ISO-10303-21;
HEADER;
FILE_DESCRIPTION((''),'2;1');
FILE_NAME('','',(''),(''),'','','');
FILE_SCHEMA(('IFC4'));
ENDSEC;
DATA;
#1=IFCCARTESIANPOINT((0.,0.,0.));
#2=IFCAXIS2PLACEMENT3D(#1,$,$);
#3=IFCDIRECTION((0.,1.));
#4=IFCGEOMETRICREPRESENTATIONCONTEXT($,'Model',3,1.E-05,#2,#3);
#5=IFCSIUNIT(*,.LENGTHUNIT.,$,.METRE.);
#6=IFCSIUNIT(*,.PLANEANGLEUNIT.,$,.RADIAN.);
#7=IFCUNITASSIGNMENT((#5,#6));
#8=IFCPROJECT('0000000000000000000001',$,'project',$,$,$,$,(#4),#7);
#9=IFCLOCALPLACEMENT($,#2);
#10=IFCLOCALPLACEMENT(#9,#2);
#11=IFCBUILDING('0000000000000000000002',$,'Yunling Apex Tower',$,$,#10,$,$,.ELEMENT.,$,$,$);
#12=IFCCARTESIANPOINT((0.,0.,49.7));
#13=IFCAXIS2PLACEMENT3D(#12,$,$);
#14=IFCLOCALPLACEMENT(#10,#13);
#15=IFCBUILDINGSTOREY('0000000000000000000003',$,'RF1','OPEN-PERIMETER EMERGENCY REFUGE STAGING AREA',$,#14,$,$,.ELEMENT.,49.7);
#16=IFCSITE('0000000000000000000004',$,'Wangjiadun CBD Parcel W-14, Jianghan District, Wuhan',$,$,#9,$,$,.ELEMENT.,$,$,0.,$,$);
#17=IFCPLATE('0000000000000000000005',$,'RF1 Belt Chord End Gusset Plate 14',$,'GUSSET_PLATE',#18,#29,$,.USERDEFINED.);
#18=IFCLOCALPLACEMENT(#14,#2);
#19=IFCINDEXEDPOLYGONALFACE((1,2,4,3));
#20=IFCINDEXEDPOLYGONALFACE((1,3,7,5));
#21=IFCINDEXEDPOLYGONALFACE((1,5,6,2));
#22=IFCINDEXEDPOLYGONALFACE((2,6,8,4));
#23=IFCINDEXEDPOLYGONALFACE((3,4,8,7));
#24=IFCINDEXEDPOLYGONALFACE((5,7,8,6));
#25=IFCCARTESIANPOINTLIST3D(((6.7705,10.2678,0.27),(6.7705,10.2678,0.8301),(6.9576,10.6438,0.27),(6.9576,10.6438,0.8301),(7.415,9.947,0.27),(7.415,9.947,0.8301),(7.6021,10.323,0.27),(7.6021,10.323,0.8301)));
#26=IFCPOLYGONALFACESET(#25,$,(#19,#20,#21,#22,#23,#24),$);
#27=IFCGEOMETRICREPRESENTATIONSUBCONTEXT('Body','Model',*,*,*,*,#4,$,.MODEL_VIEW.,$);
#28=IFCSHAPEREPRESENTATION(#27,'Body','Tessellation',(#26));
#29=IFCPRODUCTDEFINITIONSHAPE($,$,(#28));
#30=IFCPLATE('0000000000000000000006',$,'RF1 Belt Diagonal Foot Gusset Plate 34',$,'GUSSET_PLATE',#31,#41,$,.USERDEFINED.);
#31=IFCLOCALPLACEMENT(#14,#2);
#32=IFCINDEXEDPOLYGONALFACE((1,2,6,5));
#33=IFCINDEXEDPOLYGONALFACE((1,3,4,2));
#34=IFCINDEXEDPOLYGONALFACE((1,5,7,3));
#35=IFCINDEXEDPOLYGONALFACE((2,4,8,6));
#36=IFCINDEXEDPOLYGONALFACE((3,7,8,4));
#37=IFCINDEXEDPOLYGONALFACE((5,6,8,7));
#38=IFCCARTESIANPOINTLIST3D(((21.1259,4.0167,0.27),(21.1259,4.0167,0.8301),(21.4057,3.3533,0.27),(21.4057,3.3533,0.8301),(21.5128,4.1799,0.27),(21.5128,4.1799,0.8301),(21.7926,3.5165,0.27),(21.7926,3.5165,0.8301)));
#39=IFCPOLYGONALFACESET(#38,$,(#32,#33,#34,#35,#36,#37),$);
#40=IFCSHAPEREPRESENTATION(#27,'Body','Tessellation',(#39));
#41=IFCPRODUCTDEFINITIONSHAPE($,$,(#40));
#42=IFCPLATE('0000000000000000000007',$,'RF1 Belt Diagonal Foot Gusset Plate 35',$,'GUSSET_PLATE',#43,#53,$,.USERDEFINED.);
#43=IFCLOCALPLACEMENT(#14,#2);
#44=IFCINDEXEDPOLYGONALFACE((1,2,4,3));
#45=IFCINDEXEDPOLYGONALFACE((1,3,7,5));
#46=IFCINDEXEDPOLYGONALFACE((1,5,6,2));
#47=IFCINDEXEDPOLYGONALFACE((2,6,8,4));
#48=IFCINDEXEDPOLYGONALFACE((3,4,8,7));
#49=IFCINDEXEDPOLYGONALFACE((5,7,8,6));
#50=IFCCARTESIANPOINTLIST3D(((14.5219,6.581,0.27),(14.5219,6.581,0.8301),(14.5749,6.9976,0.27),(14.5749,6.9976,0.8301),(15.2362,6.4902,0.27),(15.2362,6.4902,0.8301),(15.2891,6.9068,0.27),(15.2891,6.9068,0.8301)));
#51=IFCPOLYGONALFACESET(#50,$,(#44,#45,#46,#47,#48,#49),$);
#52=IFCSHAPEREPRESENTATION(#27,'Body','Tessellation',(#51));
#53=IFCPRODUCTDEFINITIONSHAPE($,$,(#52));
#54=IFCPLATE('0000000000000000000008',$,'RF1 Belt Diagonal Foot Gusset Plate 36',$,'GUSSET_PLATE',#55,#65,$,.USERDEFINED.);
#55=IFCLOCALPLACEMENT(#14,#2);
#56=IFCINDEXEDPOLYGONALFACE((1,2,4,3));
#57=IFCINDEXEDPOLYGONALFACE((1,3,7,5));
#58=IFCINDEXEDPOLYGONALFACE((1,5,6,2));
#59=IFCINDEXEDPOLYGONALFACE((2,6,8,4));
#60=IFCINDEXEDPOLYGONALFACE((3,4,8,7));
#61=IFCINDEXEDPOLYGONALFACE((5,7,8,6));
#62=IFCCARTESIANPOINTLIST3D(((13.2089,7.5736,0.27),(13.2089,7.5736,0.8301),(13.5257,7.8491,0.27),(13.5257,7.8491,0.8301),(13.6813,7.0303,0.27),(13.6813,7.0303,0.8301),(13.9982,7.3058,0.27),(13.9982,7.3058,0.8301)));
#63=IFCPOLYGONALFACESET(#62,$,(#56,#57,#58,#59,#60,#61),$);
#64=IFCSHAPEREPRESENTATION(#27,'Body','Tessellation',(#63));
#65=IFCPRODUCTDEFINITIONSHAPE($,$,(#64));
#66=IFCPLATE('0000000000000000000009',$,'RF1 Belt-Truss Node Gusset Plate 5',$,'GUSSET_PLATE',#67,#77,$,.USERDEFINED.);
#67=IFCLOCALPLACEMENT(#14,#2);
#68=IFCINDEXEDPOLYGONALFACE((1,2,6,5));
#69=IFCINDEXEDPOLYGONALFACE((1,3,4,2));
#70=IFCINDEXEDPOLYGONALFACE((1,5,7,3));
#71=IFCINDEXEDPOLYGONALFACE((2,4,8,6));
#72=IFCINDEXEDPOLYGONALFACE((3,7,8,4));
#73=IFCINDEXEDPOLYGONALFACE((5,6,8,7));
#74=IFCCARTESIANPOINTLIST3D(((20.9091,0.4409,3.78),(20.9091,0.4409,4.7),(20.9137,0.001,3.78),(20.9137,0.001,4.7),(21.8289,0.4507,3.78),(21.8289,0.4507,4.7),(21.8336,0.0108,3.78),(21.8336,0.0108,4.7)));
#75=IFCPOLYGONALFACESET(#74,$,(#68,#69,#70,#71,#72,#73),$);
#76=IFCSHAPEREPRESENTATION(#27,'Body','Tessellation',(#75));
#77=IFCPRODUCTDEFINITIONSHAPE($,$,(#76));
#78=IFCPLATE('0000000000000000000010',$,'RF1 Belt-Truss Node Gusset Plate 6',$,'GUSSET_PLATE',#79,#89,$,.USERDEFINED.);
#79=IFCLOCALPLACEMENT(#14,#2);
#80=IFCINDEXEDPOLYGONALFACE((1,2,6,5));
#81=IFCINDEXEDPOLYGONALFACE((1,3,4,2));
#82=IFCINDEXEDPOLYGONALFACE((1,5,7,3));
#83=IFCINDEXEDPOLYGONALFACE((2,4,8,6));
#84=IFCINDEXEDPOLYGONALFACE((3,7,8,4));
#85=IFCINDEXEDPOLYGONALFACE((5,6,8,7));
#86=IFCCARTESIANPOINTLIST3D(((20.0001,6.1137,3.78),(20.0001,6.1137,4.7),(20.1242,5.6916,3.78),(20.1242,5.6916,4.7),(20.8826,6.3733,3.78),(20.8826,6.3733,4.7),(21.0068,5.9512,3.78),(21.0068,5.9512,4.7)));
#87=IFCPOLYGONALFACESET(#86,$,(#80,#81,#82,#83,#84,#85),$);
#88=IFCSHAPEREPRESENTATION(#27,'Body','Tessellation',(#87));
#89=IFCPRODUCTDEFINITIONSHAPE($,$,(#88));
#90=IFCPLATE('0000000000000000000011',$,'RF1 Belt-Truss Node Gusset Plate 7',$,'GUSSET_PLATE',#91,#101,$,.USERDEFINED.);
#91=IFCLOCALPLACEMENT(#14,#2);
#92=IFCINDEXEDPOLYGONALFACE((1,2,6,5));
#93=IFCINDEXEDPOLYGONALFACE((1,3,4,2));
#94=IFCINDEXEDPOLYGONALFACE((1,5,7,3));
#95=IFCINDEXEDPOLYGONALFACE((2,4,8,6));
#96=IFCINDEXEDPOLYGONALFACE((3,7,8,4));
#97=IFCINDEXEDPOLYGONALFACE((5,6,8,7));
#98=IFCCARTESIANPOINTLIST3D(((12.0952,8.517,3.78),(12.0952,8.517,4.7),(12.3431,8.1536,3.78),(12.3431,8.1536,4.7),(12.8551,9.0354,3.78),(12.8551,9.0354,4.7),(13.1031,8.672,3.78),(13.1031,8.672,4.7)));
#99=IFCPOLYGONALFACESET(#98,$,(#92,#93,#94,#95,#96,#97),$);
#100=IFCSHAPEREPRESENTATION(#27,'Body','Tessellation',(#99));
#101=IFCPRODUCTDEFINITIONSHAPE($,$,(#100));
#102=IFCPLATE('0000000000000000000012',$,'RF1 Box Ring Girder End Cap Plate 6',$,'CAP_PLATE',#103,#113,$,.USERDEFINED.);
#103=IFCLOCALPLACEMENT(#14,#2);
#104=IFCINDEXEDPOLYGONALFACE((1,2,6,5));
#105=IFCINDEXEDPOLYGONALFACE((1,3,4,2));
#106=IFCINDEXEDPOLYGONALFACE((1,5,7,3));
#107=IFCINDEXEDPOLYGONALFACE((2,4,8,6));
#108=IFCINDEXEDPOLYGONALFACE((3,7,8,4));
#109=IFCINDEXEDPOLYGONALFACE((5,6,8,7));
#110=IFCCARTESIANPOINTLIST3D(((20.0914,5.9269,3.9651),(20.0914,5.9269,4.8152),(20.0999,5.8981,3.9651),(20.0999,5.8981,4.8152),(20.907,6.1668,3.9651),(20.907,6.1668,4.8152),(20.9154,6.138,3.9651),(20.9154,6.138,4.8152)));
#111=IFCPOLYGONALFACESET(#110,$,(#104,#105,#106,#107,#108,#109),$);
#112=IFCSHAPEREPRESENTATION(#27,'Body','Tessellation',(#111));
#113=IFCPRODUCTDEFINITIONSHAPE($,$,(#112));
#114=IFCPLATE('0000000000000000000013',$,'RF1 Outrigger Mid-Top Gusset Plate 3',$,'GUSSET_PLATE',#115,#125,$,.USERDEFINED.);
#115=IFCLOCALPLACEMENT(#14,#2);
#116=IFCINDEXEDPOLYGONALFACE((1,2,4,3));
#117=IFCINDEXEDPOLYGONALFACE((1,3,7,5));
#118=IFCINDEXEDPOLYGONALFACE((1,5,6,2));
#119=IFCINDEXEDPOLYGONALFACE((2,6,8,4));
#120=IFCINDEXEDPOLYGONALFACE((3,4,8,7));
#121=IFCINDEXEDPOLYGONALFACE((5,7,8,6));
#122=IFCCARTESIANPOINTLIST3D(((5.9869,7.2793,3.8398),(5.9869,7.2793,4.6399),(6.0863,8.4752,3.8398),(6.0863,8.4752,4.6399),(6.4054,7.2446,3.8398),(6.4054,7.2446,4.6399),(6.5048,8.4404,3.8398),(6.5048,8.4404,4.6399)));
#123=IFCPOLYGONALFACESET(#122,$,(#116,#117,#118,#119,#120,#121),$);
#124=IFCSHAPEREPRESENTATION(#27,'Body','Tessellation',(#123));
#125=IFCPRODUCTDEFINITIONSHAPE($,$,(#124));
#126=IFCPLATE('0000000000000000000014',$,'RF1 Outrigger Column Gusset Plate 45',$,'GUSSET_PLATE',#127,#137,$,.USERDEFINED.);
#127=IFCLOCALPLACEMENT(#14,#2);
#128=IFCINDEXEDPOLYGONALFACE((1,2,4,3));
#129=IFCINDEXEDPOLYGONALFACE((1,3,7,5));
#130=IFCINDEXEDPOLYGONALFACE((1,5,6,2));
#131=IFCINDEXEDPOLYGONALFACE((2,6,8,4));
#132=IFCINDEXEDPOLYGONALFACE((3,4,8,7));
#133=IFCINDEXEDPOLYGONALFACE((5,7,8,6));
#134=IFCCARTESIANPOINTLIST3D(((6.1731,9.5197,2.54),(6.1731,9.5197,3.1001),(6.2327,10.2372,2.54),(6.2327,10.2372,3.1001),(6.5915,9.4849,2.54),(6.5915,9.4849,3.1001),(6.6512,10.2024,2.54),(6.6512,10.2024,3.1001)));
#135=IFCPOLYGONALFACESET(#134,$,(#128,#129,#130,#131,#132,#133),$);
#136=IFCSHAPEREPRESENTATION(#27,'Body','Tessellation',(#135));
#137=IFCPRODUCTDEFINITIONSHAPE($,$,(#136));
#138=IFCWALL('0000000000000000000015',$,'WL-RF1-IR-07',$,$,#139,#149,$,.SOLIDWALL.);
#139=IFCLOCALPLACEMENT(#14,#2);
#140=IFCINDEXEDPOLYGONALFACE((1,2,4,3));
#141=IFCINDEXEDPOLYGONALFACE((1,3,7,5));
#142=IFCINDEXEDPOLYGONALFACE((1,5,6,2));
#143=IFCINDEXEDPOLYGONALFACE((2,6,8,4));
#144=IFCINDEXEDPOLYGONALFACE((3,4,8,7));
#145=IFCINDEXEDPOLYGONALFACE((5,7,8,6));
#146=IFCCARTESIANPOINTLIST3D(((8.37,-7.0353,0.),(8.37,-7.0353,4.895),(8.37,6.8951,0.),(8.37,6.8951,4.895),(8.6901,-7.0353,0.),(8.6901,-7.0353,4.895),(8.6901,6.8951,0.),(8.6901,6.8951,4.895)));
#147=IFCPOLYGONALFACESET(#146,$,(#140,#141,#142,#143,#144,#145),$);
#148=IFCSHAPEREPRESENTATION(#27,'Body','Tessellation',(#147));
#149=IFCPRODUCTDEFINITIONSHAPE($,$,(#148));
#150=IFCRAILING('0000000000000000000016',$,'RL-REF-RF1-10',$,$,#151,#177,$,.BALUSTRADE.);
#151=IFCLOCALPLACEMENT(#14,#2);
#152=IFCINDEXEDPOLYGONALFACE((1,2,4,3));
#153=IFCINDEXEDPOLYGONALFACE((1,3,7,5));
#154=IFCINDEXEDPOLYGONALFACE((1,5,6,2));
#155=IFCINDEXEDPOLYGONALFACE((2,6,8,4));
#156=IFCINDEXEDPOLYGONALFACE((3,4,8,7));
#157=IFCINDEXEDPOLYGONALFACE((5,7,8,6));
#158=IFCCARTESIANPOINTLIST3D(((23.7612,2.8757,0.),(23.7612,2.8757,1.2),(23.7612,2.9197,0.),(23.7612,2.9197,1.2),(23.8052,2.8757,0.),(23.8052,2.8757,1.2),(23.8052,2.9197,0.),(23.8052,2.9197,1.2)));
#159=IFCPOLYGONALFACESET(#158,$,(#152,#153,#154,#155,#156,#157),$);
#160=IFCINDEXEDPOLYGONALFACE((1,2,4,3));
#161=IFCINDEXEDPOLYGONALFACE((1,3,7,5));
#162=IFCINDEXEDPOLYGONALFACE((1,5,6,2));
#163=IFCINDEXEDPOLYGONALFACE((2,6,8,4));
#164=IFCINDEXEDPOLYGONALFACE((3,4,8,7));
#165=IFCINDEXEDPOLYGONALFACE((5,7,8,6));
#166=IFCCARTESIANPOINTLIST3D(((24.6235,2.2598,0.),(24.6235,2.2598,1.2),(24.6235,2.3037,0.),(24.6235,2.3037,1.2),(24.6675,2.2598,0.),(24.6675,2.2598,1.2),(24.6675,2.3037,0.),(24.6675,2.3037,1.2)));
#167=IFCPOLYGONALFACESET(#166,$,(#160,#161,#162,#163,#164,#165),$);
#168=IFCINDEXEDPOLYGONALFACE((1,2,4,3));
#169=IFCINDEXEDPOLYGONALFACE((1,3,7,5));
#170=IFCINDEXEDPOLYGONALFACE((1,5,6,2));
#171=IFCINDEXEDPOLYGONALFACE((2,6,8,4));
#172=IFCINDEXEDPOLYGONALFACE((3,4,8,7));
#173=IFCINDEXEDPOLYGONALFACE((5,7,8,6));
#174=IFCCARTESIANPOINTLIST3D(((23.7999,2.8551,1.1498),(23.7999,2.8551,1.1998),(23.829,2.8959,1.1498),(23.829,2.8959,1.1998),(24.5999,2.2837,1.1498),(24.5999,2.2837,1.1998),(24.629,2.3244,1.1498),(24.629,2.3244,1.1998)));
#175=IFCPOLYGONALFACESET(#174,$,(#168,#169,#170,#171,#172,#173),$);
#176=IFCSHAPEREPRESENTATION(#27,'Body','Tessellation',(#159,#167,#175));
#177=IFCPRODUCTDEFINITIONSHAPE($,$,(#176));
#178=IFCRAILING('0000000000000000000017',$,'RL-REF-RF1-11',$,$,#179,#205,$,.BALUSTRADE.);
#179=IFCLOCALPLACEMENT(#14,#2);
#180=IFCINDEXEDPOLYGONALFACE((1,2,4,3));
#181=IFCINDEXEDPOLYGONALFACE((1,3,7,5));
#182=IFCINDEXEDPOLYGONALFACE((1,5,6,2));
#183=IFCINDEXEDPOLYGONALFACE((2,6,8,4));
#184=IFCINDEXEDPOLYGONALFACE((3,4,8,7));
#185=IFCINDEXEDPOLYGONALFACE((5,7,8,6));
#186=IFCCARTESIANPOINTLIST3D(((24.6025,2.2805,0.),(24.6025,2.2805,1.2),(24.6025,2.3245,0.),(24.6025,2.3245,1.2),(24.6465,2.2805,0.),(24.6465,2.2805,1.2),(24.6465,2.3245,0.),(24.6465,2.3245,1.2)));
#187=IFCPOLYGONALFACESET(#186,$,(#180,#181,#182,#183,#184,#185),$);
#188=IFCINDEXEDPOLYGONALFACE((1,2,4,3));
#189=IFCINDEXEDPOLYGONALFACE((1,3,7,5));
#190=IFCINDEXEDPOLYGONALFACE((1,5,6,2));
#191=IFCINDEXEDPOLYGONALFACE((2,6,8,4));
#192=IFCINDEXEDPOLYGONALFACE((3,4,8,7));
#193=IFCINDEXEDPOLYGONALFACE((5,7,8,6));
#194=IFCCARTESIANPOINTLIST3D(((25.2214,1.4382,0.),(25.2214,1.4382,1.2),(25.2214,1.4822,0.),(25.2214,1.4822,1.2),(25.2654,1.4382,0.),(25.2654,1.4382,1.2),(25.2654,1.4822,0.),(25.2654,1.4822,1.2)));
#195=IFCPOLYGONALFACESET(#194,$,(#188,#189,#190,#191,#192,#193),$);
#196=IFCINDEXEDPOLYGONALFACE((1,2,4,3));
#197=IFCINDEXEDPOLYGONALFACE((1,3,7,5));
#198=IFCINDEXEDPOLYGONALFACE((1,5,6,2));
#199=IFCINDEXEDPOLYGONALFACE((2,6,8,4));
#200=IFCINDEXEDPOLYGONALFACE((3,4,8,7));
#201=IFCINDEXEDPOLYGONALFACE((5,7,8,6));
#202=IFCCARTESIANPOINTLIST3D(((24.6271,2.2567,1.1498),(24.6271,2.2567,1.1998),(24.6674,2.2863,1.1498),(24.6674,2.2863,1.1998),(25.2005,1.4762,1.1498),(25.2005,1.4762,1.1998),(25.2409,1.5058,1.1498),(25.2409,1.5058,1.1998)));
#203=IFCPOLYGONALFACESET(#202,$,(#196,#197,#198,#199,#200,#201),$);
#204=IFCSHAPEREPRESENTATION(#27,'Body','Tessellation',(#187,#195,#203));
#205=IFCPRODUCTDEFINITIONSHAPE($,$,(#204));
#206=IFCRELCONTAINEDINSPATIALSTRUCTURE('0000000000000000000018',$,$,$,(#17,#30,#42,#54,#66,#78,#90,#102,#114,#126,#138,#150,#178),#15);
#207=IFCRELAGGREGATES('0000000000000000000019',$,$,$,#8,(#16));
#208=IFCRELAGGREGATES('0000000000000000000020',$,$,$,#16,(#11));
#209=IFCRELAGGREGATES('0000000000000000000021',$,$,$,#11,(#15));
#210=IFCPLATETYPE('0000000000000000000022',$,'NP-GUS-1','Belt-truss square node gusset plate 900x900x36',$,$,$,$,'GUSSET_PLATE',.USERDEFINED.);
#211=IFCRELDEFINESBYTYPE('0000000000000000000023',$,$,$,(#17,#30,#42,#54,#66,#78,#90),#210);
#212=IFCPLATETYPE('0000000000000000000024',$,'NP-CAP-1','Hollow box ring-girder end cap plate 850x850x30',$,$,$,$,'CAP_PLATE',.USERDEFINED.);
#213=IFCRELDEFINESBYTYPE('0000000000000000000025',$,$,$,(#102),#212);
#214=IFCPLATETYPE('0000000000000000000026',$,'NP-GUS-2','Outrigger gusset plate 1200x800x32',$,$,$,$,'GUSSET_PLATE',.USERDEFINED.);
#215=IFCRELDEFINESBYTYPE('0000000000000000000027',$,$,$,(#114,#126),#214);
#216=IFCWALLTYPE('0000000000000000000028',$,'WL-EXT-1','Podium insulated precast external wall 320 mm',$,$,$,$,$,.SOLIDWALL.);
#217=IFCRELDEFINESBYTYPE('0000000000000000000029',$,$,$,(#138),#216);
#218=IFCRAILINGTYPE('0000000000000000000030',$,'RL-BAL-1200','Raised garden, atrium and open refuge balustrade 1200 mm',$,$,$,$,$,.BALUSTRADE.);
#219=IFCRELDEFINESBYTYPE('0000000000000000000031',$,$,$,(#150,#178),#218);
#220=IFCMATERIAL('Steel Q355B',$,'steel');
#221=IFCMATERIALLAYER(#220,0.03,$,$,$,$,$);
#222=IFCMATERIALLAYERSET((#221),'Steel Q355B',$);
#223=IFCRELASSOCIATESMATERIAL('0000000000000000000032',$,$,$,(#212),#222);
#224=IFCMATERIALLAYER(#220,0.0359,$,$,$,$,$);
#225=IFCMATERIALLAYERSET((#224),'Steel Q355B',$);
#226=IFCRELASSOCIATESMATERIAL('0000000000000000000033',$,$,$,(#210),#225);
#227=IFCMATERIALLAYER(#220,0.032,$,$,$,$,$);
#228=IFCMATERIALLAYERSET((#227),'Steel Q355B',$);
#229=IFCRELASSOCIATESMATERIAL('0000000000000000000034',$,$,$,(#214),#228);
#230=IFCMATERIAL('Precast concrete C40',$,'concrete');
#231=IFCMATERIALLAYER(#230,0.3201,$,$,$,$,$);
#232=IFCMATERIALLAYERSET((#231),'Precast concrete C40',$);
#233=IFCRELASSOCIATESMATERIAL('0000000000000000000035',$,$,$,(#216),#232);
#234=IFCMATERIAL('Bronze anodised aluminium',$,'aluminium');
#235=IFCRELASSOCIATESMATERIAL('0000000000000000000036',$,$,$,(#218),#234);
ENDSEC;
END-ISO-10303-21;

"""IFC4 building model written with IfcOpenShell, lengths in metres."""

from ifc_helpers import new_model, si_unit, direction, frame, frame_2d, origin, origin_2d, place, context, subcontext, project, spatial, rectangle, extrude, source, transform, mapped, material, layer, layer_set, type_object, element, save


model = new_model("IFC4")

# Units and contexts
model_context = context("Model", 3, precision=1e-05, world=origin(), true_north=direction((0.0, 1.0)))
body_context = subcontext(model_context, "Body", "Model", "MODEL_VIEW")
ifc_project = project(units=[si_unit("LENGTHUNIT", "METRE"), si_unit("PLANEANGLEUNIT", "RADIAN")], contexts=[model_context])

# Site, building, storey
site_placement = place(None, origin())
site = spatial("IfcSite", under=ifc_project, at=site_placement, Name="Wangjiadun CBD Parcel W-14, Jianghan District, Wuhan", CompositionType="ELEMENT", RefElevation=0.0)
building_placement = place(site_placement, origin())
building = spatial("IfcBuilding", under=site, at=building_placement, Name="Yunling Apex Tower", CompositionType="ELEMENT")
storey_placement = place(building_placement, frame((0.0, 0.0, 49.7)))
storey = spatial("IfcBuildingStorey", under=building, at=storey_placement, Name="RF1", Description="OPEN-PERIMETER EMERGENCY REFUGE STAGING AREA", CompositionType="ELEMENT", Elevation=49.7)

# Shared definitions
ifc_material_1 = material(Name="Steel Q355B", Category="steel")

# Plates
ifc_layer_1 = layer(ifc_material_1, 0.03)
ifc_layer_set_1 = layer_set([ifc_layer_1], Name="Steel Q355B")
plate_type_1 = type_object("IfcPlateType", Name="NP-CAP-1", Description="Hollow box ring-girder end cap plate 850x850x30", ElementType="CAP_PLATE", PredefinedType="USERDEFINED", material=ifc_layer_set_1)
ifc_layer_2 = layer(ifc_material_1, 0.0359)
ifc_layer_set_2 = layer_set([ifc_layer_2], Name="Steel Q355B")
plate_type_2 = type_object("IfcPlateType", Name="NP-GUS-1", Description="Belt-truss square node gusset plate 900x900x36", ElementType="GUSSET_PLATE", PredefinedType="USERDEFINED", material=ifc_layer_set_2)
shared_shape_1 = source(origin(), body_context, "Body", "SweptSolid", [
    extrude(rectangle(XDim=0.72, YDim=0.4199, at=origin_2d()), origin(), (0.0, 0.0, 1.0), 0.5601),
])
for number, where, z_axis, x_axis, name in (
    (1, (7.1863, 10.2954, 0.27), (0.0, 0.0, 1.0), (-0.895246, 0.445573, 0.0), "RF1 Belt Chord End Gusset Plate 14"),
    (2, (21.4592, 3.7666, 0.27), (0.0, 0.0, 1.0), (-0.388642, 0.921389, 0.0), "RF1 Belt Diagonal Foot Gusset Plate 34"),
    (3, (14.9055, 6.7439, 0.27), (0.0, 0.0, 1.0), (0.992027, -0.126026, 0.0), "RF1 Belt Diagonal Foot Gusset Plate 35"),
    (4, (13.6035, 7.4397, 0.27), (0.0, 0.0, 1.0), (-0.656191, 0.754595, 0.0), "RF1 Belt Diagonal Foot Gusset Plate 36"),
):
    element("IfcPlate", number, at=place(storey_placement, frame(where, z_axis=z_axis, x_axis=x_axis)), inside=storey, type_object=plate_type_2, Name=name, ObjectType="GUSSET_PLATE", PredefinedType="USERDEFINED", context=body_context, shape_type="MappedRepresentation", body=[
        mapped(shared_shape_1, transform((0.0, 0.0, 0.0), scale=1.0)),
    ])
shared_shape_2 = source(origin(), body_context, "Body", "SweptSolid", [
    extrude(rectangle(XDim=0.9199, YDim=0.4399, at=origin_2d()), origin(), (0.0, 0.0, 1.0), 0.9199),
])
for number, where, z_axis, x_axis, name in (
    (5, (21.3713, 0.2258, 3.78), (0.0, 0.0, 1.0), (0.999943, 0.010646, 0.0), "RF1 Belt-Truss Node Gusset Plate 5"),
    (6, (20.5034, 6.0325, 3.78), (0.0, 0.0, 1.0), (0.959363, 0.282174, 0.0), "RF1 Belt-Truss Node Gusset Plate 6"),
    (7, (12.5991, 8.5945, 3.78), (0.0, 0.0, 1.0), (0.826098, 0.563526, 0.0), "RF1 Belt-Truss Node Gusset Plate 7"),
):
    element("IfcPlate", number, at=place(storey_placement, frame(where, z_axis=z_axis, x_axis=x_axis)), inside=storey, type_object=plate_type_2, Name=name, ObjectType="GUSSET_PLATE", PredefinedType="USERDEFINED", context=body_context, shape_type="MappedRepresentation", body=[
        mapped(shared_shape_2, transform((0.0, 0.0, 0.0), scale=1.0)),
    ])
shared_shape_3 = source(origin(), body_context, "Body", "SweptSolid", [
    extrude(rectangle(XDim=0.8501, YDim=0.03, at=origin_2d()), origin(), (0.0, 0.0, 1.0), 0.8501),
])
plate_1_placement = place(storey_placement, frame((20.5034, 6.0325, 3.9651), z_axis=(0.0, 0.0, 1.0), x_axis=(0.959363, 0.282174, 0.0)))
element("IfcPlate", 8, at=plate_1_placement, inside=storey, type_object=plate_type_1, Name="RF1 Box Ring Girder End Cap Plate 6", ObjectType="CAP_PLATE", PredefinedType="USERDEFINED", context=body_context, shape_type="MappedRepresentation", body=[
    mapped(shared_shape_3, transform((0.0, 0.0, 0.0), scale=1.0)),
])
ifc_layer_3 = layer(ifc_material_1, 0.032)
ifc_layer_set_3 = layer_set([ifc_layer_3], Name="Steel Q355B")
plate_type_3 = type_object("IfcPlateType", Name="NP-GUS-2", Description="Outrigger gusset plate 1200x800x32", ElementType="GUSSET_PLATE", PredefinedType="USERDEFINED", material=ifc_layer_set_3)
shared_shape_4 = source(origin(), body_context, "Body", "SweptSolid", [
    extrude(rectangle(XDim=1.2, YDim=0.4199, at=origin_2d()), origin(), (0.0, 0.0, 1.0), 0.8),
])
plate_2_placement = place(storey_placement, frame((6.2458, 7.8599, 3.8398), z_axis=(0.0, 0.0, 1.0), x_axis=(0.082808, 0.996566, 0.0)))
element("IfcPlate", 9, at=plate_2_placement, inside=storey, type_object=plate_type_3, Name="RF1 Outrigger Mid-Top Gusset Plate 3", ObjectType="GUSSET_PLATE", PredefinedType="USERDEFINED", context=body_context, shape_type="MappedRepresentation", body=[
    mapped(shared_shape_4, transform((0.0, 0.0, 0.0), scale=1.0)),
])
shared_shape_5 = source(origin(), body_context, "Body", "SweptSolid", [
    extrude(rectangle(XDim=0.72, YDim=0.4199, at=origin_2d()), origin(), (0.0, 0.0, 1.0), 0.5601),
])
plate_3_placement = place(storey_placement, frame((6.4121, 9.8611, 2.54), z_axis=(0.0, 0.0, 1.0), x_axis=(0.082808, 0.996566, 0.0)))
element("IfcPlate", 10, at=plate_3_placement, inside=storey, type_object=plate_type_3, Name="RF1 Outrigger Column Gusset Plate 45", ObjectType="GUSSET_PLATE", PredefinedType="USERDEFINED", context=body_context, shape_type="MappedRepresentation", body=[
    mapped(shared_shape_5, transform((0.0, 0.0, 0.0), scale=1.0)),
])

# Wall
ifc_material_2 = material(Name="Precast concrete C40", Category="concrete")
ifc_layer_4 = layer(ifc_material_2, 0.3201)
ifc_layer_set_4 = layer_set([ifc_layer_4], Name="Precast concrete C40")
wall_type = type_object("IfcWallType", Name="WL-EXT-1", Description="Podium insulated precast external wall 320 mm", PredefinedType="SOLIDWALL", material=ifc_layer_set_4)
wall_placement = place(storey_placement, frame((8.53, 6.8953, 0.0), z_axis=(0.0, 0.0, 1.0), x_axis=(0.0, -1.0, 0.0)))
element("IfcWall", 11, at=wall_placement, inside=storey, type_object=wall_type, Name="WL-RF1-IR-07", PredefinedType="SOLIDWALL", context=body_context, shape_type="SweptSolid", body=[
    extrude(rectangle(XDim=13.9304, YDim=0.3201, at=frame_2d((6.9653, 0.0))), origin(), (0.0, 0.0, 1.0), 4.895),
])

# Railings
ifc_material_3 = material(Name="Bronze anodised aluminium", Category="aluminium")
railing_type = type_object("IfcRailingType", Name="RL-BAL-1200", Description="Raised garden, atrium and open refuge balustrade 1200 mm", PredefinedType="BALUSTRADE", material=ifc_material_3)
railing_1_placement = place(storey_placement, frame((23.7832, 2.8977, 0.0)))
element("IfcRailing", 12, at=railing_1_placement, inside=storey, type_object=railing_type, Name="RL-REF-RF1-10", PredefinedType="BALUSTRADE", context=body_context, shape_type="SweptSolid", body=[
    extrude(rectangle(XDim=0.0439, YDim=0.0439, at=origin_2d()), origin(), (0.0, 0.0, 1.0), 1.2),
    extrude(rectangle(XDim=0.0439, YDim=0.0439, at=origin_2d()), frame((0.8623, -0.616, 0.0)), (0.0, 0.0, 1.0), 1.2),
    extrude(rectangle(XDim=0.05, YDim=0.05, at=origin_2d()), frame((0.0312, -0.0222, 1.1748), z_axis=(0.813718, -0.58126, 0.0), x_axis=(0.58126, 0.813718, 0.0)), (0.0, 0.0, 1.0), 0.9832),
])
railing_2_placement = place(storey_placement, frame((24.6245, 2.3025, 0.0)))
element("IfcRailing", 13, at=railing_2_placement, inside=storey, type_object=railing_type, Name="RL-REF-RF1-11", PredefinedType="BALUSTRADE", context=body_context, shape_type="SweptSolid", body=[
    extrude(rectangle(XDim=0.0439, YDim=0.0439, at=origin_2d()), origin(), (0.0, 0.0, 1.0), 1.2),
    extrude(rectangle(XDim=0.0439, YDim=0.0439, at=origin_2d()), frame((0.6189, -0.8423, 0.0)), (0.0, 0.0, 1.0), 1.2),
    extrude(rectangle(XDim=0.05, YDim=0.05, at=origin_2d()), frame((0.0227, -0.031, 1.1748), z_axis=(0.592123, -0.805848, 0.0), x_axis=(0.805848, 0.592123, 0.0)), (0.0, 0.0, 1.0), 0.9685),
])

save(model, "model.ifc")
